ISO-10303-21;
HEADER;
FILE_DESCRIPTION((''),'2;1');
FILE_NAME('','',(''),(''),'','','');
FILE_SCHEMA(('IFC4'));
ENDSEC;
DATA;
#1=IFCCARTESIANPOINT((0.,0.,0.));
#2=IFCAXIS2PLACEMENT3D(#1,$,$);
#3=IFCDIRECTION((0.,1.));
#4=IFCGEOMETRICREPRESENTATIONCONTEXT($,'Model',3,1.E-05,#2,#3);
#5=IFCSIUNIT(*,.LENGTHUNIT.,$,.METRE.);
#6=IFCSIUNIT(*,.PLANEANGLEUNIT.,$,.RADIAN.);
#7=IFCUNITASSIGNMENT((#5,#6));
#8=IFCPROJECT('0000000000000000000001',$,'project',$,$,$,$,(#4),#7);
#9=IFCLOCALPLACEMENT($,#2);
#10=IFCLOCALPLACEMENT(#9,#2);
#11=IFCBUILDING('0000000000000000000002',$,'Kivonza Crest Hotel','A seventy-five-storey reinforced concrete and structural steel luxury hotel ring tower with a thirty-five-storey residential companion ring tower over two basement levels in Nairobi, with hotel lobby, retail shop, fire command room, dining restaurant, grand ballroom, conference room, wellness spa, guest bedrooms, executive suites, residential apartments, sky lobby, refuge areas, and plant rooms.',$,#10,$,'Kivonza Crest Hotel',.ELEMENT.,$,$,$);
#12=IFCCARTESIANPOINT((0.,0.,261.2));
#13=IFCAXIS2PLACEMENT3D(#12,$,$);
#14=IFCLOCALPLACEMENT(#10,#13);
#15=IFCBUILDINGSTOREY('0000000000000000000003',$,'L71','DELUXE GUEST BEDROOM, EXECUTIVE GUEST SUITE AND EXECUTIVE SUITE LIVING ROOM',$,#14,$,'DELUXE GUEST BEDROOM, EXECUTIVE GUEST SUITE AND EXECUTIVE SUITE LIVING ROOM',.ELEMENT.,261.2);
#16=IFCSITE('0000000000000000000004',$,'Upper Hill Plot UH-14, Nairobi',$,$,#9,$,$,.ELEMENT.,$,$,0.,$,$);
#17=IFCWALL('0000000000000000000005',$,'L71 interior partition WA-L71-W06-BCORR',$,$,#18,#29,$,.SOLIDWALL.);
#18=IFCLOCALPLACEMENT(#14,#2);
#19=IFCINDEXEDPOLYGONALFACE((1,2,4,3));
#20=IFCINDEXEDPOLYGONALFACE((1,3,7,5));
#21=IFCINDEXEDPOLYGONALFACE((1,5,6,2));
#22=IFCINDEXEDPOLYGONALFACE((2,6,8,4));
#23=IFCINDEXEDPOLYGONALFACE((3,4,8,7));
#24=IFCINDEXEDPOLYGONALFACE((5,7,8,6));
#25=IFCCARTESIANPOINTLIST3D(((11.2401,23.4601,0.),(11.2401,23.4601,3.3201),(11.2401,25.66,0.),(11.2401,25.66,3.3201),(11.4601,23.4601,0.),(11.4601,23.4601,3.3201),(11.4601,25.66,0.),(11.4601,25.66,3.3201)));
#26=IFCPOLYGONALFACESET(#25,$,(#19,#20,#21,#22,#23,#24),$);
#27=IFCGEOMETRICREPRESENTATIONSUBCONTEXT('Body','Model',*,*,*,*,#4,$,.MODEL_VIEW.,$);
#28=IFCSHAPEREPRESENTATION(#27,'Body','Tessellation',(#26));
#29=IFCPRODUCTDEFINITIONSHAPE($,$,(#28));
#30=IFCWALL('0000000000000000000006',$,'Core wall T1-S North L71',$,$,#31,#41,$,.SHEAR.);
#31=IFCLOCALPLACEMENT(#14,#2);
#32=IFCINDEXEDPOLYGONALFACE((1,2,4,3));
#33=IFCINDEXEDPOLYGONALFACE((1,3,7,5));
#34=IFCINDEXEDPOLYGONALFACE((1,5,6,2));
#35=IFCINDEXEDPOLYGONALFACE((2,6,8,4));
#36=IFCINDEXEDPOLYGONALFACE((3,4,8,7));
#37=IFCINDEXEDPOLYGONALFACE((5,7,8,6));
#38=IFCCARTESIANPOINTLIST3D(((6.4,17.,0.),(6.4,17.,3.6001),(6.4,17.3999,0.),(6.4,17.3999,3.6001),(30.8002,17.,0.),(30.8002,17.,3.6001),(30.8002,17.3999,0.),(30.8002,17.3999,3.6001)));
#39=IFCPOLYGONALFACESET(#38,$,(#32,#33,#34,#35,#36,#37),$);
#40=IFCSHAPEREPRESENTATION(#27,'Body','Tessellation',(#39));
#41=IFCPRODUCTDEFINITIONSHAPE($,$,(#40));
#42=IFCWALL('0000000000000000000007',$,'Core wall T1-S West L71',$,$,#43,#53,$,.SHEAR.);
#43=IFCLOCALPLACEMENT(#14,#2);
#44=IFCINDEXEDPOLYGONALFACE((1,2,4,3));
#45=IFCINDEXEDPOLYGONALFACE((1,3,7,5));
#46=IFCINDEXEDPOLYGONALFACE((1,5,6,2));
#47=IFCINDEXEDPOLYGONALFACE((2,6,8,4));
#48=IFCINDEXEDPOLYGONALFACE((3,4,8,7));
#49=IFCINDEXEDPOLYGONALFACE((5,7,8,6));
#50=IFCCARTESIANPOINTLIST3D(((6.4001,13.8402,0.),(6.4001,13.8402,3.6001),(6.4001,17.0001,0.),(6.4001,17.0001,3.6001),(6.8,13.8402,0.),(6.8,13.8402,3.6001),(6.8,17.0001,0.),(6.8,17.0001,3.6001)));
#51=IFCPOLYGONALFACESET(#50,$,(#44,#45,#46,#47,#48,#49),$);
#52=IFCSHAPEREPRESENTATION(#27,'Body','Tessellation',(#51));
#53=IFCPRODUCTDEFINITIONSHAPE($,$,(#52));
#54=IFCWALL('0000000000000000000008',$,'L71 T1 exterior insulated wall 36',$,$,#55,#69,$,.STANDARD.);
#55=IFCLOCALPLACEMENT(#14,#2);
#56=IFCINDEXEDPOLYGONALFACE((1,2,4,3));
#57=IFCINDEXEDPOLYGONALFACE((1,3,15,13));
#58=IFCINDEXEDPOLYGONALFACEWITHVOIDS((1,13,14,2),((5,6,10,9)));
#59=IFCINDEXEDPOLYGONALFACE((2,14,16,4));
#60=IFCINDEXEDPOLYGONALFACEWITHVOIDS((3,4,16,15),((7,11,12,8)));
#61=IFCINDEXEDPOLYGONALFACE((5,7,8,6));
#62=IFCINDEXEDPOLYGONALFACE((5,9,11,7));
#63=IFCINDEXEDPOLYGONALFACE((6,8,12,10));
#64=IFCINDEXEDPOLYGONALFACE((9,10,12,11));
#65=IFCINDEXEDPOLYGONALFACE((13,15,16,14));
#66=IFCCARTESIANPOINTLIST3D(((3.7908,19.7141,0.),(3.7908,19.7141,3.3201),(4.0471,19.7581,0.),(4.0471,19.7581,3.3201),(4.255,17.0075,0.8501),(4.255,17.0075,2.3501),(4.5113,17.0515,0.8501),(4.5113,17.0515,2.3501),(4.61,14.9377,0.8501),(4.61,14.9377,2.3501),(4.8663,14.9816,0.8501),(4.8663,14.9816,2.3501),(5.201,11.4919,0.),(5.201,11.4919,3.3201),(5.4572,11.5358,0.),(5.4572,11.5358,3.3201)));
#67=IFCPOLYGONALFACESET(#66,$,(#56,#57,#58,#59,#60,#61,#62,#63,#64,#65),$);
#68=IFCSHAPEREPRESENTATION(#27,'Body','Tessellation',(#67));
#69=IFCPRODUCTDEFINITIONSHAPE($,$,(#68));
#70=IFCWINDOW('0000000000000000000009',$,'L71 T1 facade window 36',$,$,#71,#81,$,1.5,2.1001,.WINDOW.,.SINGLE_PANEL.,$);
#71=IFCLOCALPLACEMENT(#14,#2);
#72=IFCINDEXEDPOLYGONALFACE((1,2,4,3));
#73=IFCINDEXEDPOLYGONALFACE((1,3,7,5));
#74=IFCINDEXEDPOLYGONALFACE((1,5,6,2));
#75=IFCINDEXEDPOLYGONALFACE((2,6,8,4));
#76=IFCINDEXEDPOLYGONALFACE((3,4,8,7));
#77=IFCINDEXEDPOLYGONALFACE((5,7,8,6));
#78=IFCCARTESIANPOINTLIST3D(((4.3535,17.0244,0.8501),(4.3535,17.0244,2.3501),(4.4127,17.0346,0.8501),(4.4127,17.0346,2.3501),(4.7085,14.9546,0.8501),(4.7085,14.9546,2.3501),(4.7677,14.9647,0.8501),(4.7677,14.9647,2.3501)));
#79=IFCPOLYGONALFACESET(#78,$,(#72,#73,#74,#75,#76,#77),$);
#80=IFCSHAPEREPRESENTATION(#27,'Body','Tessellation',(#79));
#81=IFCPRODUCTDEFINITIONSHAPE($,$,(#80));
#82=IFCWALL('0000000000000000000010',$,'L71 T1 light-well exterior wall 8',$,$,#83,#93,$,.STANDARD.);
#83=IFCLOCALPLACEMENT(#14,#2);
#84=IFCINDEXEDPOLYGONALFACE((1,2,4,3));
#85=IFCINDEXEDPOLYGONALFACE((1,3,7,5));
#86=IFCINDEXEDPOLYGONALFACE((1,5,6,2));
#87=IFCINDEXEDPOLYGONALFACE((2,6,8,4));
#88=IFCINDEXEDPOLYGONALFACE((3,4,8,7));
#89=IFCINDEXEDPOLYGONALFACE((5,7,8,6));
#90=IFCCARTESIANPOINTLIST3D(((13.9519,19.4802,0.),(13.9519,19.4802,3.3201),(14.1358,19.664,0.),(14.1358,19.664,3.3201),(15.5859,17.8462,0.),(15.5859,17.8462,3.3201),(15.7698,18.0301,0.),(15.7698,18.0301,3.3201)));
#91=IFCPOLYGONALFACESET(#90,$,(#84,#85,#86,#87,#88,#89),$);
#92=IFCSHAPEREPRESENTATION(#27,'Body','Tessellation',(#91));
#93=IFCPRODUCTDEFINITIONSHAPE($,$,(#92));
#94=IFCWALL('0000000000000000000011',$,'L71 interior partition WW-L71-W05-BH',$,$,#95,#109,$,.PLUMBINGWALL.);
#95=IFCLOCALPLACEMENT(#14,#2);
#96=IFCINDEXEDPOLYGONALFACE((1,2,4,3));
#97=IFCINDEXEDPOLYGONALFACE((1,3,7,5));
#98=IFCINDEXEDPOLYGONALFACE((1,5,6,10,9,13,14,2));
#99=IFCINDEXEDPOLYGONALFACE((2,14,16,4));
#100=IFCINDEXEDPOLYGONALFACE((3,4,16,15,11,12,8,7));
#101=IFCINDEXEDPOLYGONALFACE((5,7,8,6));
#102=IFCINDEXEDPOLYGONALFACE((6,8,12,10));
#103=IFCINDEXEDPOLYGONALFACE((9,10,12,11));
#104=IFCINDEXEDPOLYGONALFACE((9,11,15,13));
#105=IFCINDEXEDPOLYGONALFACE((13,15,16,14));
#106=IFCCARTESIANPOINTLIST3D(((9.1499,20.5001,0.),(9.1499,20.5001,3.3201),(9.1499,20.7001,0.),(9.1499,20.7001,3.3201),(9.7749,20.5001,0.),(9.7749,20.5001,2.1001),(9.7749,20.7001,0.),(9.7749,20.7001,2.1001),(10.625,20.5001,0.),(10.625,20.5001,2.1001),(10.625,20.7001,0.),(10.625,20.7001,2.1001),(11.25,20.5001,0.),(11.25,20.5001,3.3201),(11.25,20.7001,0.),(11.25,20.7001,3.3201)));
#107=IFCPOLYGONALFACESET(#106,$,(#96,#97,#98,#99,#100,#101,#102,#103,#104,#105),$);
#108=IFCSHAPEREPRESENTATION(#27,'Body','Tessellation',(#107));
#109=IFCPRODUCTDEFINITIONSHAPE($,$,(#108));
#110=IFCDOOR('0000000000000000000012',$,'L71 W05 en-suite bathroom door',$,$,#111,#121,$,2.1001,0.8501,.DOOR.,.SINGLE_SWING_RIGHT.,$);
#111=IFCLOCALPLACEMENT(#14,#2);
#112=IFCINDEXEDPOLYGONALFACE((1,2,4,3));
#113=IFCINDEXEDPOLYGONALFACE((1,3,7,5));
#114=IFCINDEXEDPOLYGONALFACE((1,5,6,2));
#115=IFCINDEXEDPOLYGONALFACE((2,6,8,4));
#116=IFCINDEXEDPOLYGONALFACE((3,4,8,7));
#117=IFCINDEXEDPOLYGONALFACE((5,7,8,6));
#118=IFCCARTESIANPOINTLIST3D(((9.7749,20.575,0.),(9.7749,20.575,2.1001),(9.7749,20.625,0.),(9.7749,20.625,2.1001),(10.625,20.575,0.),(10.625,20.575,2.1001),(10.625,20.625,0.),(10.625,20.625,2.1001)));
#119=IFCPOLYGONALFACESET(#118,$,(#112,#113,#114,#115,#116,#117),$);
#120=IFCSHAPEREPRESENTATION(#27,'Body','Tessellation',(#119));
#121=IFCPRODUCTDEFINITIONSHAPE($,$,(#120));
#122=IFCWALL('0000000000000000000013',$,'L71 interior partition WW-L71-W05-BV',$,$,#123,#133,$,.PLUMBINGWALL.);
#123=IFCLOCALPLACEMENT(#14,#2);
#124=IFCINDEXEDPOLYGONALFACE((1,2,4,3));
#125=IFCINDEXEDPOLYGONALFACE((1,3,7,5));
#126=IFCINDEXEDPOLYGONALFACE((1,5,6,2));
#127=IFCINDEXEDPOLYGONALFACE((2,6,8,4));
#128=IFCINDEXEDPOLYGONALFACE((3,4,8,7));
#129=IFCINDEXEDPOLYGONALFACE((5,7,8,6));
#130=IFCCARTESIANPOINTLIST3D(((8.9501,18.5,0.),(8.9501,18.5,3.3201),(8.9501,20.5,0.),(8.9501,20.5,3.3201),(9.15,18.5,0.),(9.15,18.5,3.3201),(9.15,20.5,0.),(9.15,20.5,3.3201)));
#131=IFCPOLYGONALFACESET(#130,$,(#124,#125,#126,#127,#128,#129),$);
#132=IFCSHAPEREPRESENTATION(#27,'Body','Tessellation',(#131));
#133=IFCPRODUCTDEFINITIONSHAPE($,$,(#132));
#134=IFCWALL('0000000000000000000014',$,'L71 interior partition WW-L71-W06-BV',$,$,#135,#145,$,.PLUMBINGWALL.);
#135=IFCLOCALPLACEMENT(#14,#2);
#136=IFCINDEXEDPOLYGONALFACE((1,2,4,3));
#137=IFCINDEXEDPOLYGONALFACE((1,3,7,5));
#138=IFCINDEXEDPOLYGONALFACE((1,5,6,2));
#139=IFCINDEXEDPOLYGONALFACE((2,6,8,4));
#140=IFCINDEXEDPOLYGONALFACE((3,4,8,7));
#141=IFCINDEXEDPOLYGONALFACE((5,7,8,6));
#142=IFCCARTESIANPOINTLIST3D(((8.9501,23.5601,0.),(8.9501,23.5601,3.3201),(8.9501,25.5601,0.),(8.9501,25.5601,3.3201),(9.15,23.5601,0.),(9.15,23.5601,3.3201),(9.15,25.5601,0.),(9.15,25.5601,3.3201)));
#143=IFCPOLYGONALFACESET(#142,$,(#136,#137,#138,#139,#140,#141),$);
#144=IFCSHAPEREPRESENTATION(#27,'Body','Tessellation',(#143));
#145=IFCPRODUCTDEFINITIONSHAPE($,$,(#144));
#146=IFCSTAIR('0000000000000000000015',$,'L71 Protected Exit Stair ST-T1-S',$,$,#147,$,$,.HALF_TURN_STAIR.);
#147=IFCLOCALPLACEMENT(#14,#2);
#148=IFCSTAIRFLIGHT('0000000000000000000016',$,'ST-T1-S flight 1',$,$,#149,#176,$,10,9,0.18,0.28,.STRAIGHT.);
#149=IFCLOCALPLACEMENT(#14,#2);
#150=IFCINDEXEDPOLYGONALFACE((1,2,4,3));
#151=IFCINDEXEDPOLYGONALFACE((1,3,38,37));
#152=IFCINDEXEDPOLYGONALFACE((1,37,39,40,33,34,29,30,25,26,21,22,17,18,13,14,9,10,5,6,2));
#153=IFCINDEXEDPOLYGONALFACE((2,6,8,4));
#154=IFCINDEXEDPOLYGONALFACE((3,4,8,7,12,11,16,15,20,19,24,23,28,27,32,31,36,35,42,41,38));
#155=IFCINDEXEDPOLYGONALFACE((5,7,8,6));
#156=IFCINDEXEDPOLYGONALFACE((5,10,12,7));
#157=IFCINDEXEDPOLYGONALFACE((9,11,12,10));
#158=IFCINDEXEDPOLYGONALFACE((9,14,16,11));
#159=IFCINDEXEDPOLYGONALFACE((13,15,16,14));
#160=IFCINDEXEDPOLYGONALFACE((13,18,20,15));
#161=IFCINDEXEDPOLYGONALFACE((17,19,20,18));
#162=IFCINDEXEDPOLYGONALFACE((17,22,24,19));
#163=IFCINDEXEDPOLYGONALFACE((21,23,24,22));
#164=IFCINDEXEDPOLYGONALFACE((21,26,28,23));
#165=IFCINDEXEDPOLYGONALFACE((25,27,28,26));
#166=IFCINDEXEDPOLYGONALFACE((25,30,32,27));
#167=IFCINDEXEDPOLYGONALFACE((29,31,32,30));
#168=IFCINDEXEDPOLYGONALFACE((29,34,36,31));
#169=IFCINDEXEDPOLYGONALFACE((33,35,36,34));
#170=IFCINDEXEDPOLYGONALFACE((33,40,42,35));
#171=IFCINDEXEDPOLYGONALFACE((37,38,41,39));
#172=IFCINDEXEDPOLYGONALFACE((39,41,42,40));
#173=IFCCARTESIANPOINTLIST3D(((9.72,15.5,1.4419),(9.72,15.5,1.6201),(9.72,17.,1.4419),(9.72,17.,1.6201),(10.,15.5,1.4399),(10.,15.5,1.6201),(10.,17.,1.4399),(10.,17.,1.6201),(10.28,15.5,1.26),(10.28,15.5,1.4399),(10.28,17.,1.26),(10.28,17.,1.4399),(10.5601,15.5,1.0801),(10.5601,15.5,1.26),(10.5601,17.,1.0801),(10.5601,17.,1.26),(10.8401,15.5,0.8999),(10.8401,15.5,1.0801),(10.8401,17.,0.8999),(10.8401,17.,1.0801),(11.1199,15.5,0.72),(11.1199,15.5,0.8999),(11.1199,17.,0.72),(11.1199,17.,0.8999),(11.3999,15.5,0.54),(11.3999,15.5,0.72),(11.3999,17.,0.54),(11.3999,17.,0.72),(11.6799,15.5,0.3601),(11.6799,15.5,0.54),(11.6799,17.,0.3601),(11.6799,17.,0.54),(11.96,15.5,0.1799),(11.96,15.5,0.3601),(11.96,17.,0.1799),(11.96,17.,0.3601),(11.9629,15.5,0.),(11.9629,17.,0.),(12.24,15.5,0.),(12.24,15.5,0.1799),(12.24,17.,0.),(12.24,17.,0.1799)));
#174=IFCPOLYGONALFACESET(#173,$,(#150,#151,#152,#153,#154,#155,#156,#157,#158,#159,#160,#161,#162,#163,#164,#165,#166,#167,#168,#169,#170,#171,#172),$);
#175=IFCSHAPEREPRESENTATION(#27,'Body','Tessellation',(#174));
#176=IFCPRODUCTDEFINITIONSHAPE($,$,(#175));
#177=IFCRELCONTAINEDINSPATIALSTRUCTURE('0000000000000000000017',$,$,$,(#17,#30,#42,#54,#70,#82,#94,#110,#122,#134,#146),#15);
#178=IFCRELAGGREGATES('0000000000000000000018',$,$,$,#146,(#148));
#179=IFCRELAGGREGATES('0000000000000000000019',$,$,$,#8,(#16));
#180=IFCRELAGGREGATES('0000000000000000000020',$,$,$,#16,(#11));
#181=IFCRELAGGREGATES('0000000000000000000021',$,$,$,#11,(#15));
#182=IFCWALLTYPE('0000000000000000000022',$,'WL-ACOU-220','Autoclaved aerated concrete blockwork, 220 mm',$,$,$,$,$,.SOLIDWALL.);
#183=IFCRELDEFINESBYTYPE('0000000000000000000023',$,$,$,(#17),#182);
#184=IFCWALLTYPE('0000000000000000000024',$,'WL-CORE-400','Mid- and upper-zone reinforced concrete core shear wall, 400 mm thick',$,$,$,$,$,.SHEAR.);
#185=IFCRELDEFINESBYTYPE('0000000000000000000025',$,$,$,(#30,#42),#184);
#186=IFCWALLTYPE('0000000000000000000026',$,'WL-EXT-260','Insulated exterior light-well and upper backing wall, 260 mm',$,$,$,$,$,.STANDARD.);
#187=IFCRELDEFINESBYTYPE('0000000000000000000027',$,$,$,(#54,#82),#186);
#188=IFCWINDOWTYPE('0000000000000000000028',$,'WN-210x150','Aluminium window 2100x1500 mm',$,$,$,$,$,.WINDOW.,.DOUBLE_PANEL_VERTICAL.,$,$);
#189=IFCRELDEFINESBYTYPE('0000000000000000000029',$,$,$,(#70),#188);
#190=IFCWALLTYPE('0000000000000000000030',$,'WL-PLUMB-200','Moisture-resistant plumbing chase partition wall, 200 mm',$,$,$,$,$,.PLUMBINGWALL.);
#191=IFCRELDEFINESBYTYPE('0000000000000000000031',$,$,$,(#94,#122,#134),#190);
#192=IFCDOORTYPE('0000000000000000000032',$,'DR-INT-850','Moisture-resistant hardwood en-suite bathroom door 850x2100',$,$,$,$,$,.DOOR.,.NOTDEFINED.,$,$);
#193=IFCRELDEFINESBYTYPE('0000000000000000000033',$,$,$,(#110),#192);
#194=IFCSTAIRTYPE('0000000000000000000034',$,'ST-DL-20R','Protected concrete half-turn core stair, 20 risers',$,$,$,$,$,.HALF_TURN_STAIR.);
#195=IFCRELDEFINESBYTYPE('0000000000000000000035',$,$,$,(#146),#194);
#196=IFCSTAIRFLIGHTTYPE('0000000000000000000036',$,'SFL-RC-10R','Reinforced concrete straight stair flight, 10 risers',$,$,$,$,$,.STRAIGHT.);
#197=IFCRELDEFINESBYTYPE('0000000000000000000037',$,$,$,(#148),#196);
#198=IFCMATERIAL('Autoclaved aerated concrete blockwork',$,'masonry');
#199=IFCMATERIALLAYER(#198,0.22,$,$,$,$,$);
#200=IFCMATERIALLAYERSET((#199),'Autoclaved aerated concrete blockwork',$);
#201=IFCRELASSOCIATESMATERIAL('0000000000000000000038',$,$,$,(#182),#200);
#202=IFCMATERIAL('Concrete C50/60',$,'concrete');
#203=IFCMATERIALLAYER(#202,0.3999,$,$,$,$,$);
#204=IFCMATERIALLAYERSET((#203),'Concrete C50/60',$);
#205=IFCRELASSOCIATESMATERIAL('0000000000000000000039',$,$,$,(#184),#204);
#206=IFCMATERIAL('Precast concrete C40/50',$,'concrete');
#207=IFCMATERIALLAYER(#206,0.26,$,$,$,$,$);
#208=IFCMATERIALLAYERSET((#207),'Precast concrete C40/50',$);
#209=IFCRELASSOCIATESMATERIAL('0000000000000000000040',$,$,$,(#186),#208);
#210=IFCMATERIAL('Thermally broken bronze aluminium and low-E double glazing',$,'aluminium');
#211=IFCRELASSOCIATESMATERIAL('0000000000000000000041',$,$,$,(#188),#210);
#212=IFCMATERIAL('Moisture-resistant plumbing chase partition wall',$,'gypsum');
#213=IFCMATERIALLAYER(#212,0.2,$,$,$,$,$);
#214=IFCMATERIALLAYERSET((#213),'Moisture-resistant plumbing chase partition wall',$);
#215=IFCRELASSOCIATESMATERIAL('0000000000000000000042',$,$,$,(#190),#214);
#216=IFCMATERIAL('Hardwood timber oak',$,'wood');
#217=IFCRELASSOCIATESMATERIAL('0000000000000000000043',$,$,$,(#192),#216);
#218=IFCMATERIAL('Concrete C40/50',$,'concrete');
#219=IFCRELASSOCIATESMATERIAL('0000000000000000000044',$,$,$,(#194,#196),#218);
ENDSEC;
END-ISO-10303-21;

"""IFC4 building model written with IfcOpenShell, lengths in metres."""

from ifc_helpers import new_model, si_unit, direction, frame, frame_2d, origin, place, context, subcontext, project, spatial, polyline, rectangle, outline, extrude, material, layer, layer_set, type_object, element, fill, aggregate, save


model = new_model("IFC4")

# Units and contexts
model_context = context("Model", 3, precision=1e-05, world=origin(), true_north=direction((0.0, 1.0)))
body_context = subcontext(model_context, "Body", "Model", "MODEL_VIEW")
ifc_project = project(units=[si_unit("LENGTHUNIT", "METRE"), si_unit("PLANEANGLEUNIT", "RADIAN")], contexts=[model_context])

# Site, building, storey
site_placement = place(None, origin())
site = spatial("IfcSite", under=ifc_project, at=site_placement, Name="Upper Hill Plot UH-14, Nairobi", CompositionType="ELEMENT", RefElevation=0.0)
building_placement = place(site_placement, origin())
building = spatial("IfcBuilding", under=site, at=building_placement, Name="Kivonza Crest Hotel", Description="A seventy-five-storey reinforced concrete and structural steel luxury hotel ring tower with a thirty-five-storey residential companion ring tower over two basement levels in Nairobi, with hotel lobby, retail shop, fire command room, dining restaurant, grand ballroom, conference room, wellness spa, guest bedrooms, executive suites, residential apartments, sky lobby, refuge areas, and plant rooms.", LongName="Kivonza Crest Hotel", CompositionType="ELEMENT")
storey_placement = place(building_placement, frame((0.0, 0.0, 261.2)))
storey = spatial("IfcBuildingStorey", under=building, at=storey_placement, Name="L71", Description="DELUXE GUEST BEDROOM, EXECUTIVE GUEST SUITE AND EXECUTIVE SUITE LIVING ROOM", LongName="DELUXE GUEST BEDROOM, EXECUTIVE GUEST SUITE AND EXECUTIVE SUITE LIVING ROOM", CompositionType="ELEMENT", Elevation=261.2)

# Shared definitions
ifc_material_1 = material(Name="Concrete C50/60", Category="concrete")

# Shared definitions
ifc_material_2 = material(Name="Autoclaved aerated concrete blockwork", Category="masonry")
ifc_layer_1 = layer(ifc_material_2, 0.22)
ifc_layer_set_1 = layer_set([ifc_layer_1], Name="Autoclaved aerated concrete blockwork")
wall_type_1 = type_object("IfcWallType", Name="WL-ACOU-220", Description="Autoclaved aerated concrete blockwork, 220 mm", PredefinedType="SOLIDWALL", material=ifc_layer_set_1)

# Shared definitions
ifc_material_3 = material(Name="Hardwood timber oak", Category="wood")

# Walls
wall_1_placement = place(storey_placement, frame((11.3501, 23.46, 0.0), z_axis=(0.0, 0.0, 1.0), x_axis=(0.0, 1.0, 0.0)))
element("IfcWall", 1, at=wall_1_placement, inside=storey, type_object=wall_type_1, Name="L71 interior partition WA-L71-W06-BCORR", PredefinedType="SOLIDWALL", context=body_context, shape_type="SweptSolid", body=[
    extrude(rectangle(XDim=2.2, YDim=0.22, at=frame_2d((1.1001, 0.0))), origin(), (0.0, 0.0, 1.0), 3.3201),
])
ifc_layer_2 = layer(ifc_material_1, 0.3999)
ifc_layer_set_2 = layer_set([ifc_layer_2], Name="Concrete C50/60")
wall_type_2 = type_object("IfcWallType", Name="WL-CORE-400", Description="Mid- and upper-zone reinforced concrete core shear wall, 400 mm thick", PredefinedType="SHEAR", material=ifc_layer_set_2)
wall_2_placement = place(storey_placement, frame((6.3999, 17.2, 0.0), z_axis=(0.0, 0.0, 1.0), x_axis=(1.0, 0.0, 0.0)))
element("IfcWall", 2, at=wall_2_placement, inside=storey, type_object=wall_type_2, Name="Core wall T1-S North L71", PredefinedType="SHEAR", context=body_context, shape_type="SweptSolid", body=[
    extrude(rectangle(XDim=24.4001, YDim=0.3999, at=frame_2d((12.2002, 0.0))), origin(), (0.0, 0.0, 1.0), 3.6001),
])
wall_3_placement = place(storey_placement, frame((6.6001, 13.8401, 0.0), z_axis=(0.0, 0.0, 1.0), x_axis=(0.0, 1.0, 0.0)))
element("IfcWall", 3, at=wall_3_placement, inside=storey, type_object=wall_type_2, Name="Core wall T1-S West L71", PredefinedType="SHEAR", context=body_context, shape_type="SweptSolid", body=[
    extrude(rectangle(XDim=3.1599, YDim=0.3999, at=frame_2d((1.5801, 0.0))), origin(), (0.0, 0.0, 1.0), 3.6001),
])

# Wall, opening, window
ifc_material_4 = material(Name="Precast concrete C40/50", Category="concrete")
ifc_layer_3 = layer(ifc_material_4, 0.26)
ifc_layer_set_3 = layer_set([ifc_layer_3], Name="Precast concrete C40/50")
wall_type_3 = type_object("IfcWallType", Name="WL-EXT-260", Description="Insulated exterior light-well and upper backing wall, 260 mm", PredefinedType="STANDARD", material=ifc_layer_set_3)
wall_4_placement = place(storey_placement, frame((3.9189, 19.7361, 0.0), z_axis=(0.0, 0.0, 1.0), x_axis=(0.169039, -0.985609, 0.0)))
wall_4 = element("IfcWall", 4, at=wall_4_placement, inside=storey, type_object=wall_type_3, Name="L71 T1 exterior insulated wall 36", PredefinedType="STANDARD", context=body_context, shape_type="SweptSolid", body=[
    extrude(rectangle(XDim=8.3423, YDim=0.26, at=frame_2d((4.1711, 0.0))), origin(), (0.0, 0.0, 1.0), 3.3201),
])
opening_1_placement = place(wall_4_placement, frame((2.7461, 0.0, 0.8501)))
opening_1 = element("IfcOpeningElement", 5, at=opening_1_placement, cuts=wall_4, PredefinedType="OPENING", context=body_context, shape_type="SweptSolid", body=[
    extrude(rectangle(XDim=2.1001, YDim=1.5, at=frame_2d((1.05, 0.75))), frame((0.0, 0.1401, 0.0), z_axis=(0.0, -1.0, 0.0), x_axis=(1.0, 0.0, 0.0)), (0.0, 0.0, 1.0), 0.28),
])
ifc_material_5 = material(Name="Thermally broken bronze aluminium and low-E double glazing", Category="aluminium")
window_type = type_object("IfcWindowType", Name="WN-210x150", Description="Aluminium window 2100x1500 mm", PartitioningType="DOUBLE_PANEL_VERTICAL", PredefinedType="WINDOW", material=ifc_material_5)
window_placement = place(opening_1_placement, origin())
window = element("IfcWindow", 6, at=window_placement, inside=storey, type_object=window_type, Name="L71 T1 facade window 36", OverallHeight=1.5, OverallWidth=2.1001, PartitioningType="SINGLE_PANEL", PredefinedType="WINDOW", context=body_context, shape_type="SweptSolid", body=[
    extrude(rectangle(XDim=2.1001, YDim=1.5, at=frame_2d((1.05, 0.75))), frame((0.0, 0.03, 0.0), z_axis=(0.0, -1.0, 0.0), x_axis=(1.0, 0.0, 0.0)), (0.0, 0.0, 1.0), 0.0601),
])
fill(opening_1, window)

# Wall
wall_5_placement = place(storey_placement, frame((14.0439, 19.572, 0.0), z_axis=(0.0, 0.0, 1.0), x_axis=(0.707107, -0.707107, 0.0)))
element("IfcWall", 7, at=wall_5_placement, inside=storey, type_object=wall_type_3, Name="L71 T1 light-well exterior wall 8", PredefinedType="STANDARD", context=body_context, shape_type="SweptSolid", body=[
    extrude(rectangle(XDim=2.3108, YDim=0.26, at=frame_2d((1.1553, 0.0))), origin(), (0.0, 0.0, 1.0), 3.3201),
])

# Wall, opening, door
ifc_material_6 = material(Name="Moisture-resistant plumbing chase partition wall", Category="gypsum")
ifc_layer_4 = layer(ifc_material_6, 0.2)
ifc_layer_set_4 = layer_set([ifc_layer_4], Name="Moisture-resistant plumbing chase partition wall")
wall_type_4 = type_object("IfcWallType", Name="WL-PLUMB-200", Description="Moisture-resistant plumbing chase partition wall, 200 mm", PredefinedType="PLUMBINGWALL", material=ifc_layer_set_4)
wall_6_placement = place(storey_placement, frame((9.1499, 20.6001, 0.0), z_axis=(0.0, 0.0, 1.0), x_axis=(1.0, 0.0, 0.0)))
wall_6 = element("IfcWall", 8, at=wall_6_placement, inside=storey, type_object=wall_type_4, Name="L71 interior partition WW-L71-W05-BH", PredefinedType="PLUMBINGWALL", context=body_context, shape_type="SweptSolid", body=[
    extrude(rectangle(XDim=2.1001, YDim=0.2, at=frame_2d((1.05, 0.0))), origin(), (0.0, 0.0, 1.0), 3.3201),
])
opening_2_placement = place(wall_6_placement, frame((0.625, 0.0, 0.0)))
opening_2 = element("IfcOpeningElement", 9, at=opening_2_placement, cuts=wall_6, PredefinedType="OPENING", context=body_context, shape_type="SweptSolid", body=[
    extrude(rectangle(XDim=0.8501, YDim=2.1001, at=frame_2d((0.425, 1.05))), frame((0.0, 0.1099, 0.0), z_axis=(0.0, -1.0, 0.0), x_axis=(1.0, 0.0, 0.0)), (0.0, 0.0, 1.0), 0.22),
])
door_type_1 = type_object("IfcDoorType", Name="DR-INT-850", Description="Moisture-resistant hardwood en-suite bathroom door 850x2100", OperationType="NOTDEFINED", PredefinedType="DOOR", material=ifc_material_3)
door_1_placement = place(opening_2_placement, origin())
door_1 = element("IfcDoor", 10, at=door_1_placement, inside=storey, type_object=door_type_1, Name="L71 W05 en-suite bathroom door", OperationType="SINGLE_SWING_RIGHT", OverallHeight=2.1001, OverallWidth=0.8501, PredefinedType="DOOR", context=body_context, shape_type="SweptSolid", body=[
    extrude(rectangle(XDim=0.8501, YDim=2.1001, at=frame_2d((0.425, 1.05))), frame((0.0, 0.0249, 0.0), z_axis=(0.0, -1.0, 0.0), x_axis=(1.0, 0.0, 0.0)), (0.0, 0.0, 1.0), 0.05),
])
fill(opening_2, door_1)

# Walls
for number, where, z_axis, x_axis, name in (
    (11, (9.05, 18.5, 0.0), (0.0, 0.0, 1.0), (0.0, 1.0, 0.0), "L71 interior partition WW-L71-W05-BV"),
    (12, (9.05, 23.5601, 0.0), (0.0, 0.0, 1.0), (0.0, 1.0, 0.0), "L71 interior partition WW-L71-W06-BV"),
):
    element("IfcWall", number, at=place(storey_placement, frame(where, z_axis=z_axis, x_axis=x_axis)), inside=storey, type_object=wall_type_4, Name=name, PredefinedType="PLUMBINGWALL", context=body_context, shape_type="SweptSolid", body=[
        extrude(rectangle(XDim=2.0, YDim=0.2, at=frame_2d((1.0, 0.0))), origin(), (0.0, 0.0, 1.0), 3.3201),
    ])

# Stair, stair flight
ifc_material_7 = material(Name="Concrete C40/50", Category="concrete")
stair_type = type_object("IfcStairType", Name="ST-DL-20R", Description="Protected concrete half-turn core stair, 20 risers", PredefinedType="HALF_TURN_STAIR", material=ifc_material_7)
stair_placement = place(storey_placement, origin())
stair = element("IfcStair", 13, at=stair_placement, inside=storey, type_object=stair_type, Name="L71 Protected Exit Stair ST-T1-S", PredefinedType="HALF_TURN_STAIR")
stair_flight_type = type_object("IfcStairFlightType", Name="SFL-RC-10R", Description="Reinforced concrete straight stair flight, 10 risers", PredefinedType="STRAIGHT", material=ifc_material_7)
stair_flight_1_placement = place(storey_placement, frame((12.24, 16.25, 0.0), z_axis=(0.0, 0.0, 1.0), x_axis=(-1.0, 0.0, 0.0)))
stair_flight_1 = element("IfcStairFlight", 14, at=stair_flight_1_placement, type_object=stair_flight_type, Name="ST-T1-S flight 1", NumberOfRisers=10, NumberOfTreads=9, PredefinedType="STRAIGHT", RiserHeight=0.18, TreadLength=0.28, context=body_context, shape_type="SweptSolid", body=[
    extrude(outline(polyline([(0.0, 0.0), (0.0, 0.1799), (0.28, 0.1799), (0.28, 0.3601), (0.5601, 0.3601), (0.5601, 0.54), (0.8401, 0.54), (0.8401, 0.72), (1.1201, 0.72), (1.1201, 0.8999), (1.3999, 0.8999), (1.3999, 1.0801), (1.6799, 1.0801), (1.6799, 1.26), (1.96, 1.26), (1.96, 1.4399), (2.24, 1.4399), (2.24, 1.6201), (2.52, 1.6201), (2.52, 1.8), (2.52, 1.4419), (0.2771, 0.0), (0.0, 0.0)])), frame((0.0, 0.75, 0.0), z_axis=(0.0, -1.0, 0.0), x_axis=(1.0, 0.0, 0.0)), (0.0, 0.0, 1.0), 1.5),
])
aggregate(stair, [stair_flight_1])

save(model, "model.ifc")
